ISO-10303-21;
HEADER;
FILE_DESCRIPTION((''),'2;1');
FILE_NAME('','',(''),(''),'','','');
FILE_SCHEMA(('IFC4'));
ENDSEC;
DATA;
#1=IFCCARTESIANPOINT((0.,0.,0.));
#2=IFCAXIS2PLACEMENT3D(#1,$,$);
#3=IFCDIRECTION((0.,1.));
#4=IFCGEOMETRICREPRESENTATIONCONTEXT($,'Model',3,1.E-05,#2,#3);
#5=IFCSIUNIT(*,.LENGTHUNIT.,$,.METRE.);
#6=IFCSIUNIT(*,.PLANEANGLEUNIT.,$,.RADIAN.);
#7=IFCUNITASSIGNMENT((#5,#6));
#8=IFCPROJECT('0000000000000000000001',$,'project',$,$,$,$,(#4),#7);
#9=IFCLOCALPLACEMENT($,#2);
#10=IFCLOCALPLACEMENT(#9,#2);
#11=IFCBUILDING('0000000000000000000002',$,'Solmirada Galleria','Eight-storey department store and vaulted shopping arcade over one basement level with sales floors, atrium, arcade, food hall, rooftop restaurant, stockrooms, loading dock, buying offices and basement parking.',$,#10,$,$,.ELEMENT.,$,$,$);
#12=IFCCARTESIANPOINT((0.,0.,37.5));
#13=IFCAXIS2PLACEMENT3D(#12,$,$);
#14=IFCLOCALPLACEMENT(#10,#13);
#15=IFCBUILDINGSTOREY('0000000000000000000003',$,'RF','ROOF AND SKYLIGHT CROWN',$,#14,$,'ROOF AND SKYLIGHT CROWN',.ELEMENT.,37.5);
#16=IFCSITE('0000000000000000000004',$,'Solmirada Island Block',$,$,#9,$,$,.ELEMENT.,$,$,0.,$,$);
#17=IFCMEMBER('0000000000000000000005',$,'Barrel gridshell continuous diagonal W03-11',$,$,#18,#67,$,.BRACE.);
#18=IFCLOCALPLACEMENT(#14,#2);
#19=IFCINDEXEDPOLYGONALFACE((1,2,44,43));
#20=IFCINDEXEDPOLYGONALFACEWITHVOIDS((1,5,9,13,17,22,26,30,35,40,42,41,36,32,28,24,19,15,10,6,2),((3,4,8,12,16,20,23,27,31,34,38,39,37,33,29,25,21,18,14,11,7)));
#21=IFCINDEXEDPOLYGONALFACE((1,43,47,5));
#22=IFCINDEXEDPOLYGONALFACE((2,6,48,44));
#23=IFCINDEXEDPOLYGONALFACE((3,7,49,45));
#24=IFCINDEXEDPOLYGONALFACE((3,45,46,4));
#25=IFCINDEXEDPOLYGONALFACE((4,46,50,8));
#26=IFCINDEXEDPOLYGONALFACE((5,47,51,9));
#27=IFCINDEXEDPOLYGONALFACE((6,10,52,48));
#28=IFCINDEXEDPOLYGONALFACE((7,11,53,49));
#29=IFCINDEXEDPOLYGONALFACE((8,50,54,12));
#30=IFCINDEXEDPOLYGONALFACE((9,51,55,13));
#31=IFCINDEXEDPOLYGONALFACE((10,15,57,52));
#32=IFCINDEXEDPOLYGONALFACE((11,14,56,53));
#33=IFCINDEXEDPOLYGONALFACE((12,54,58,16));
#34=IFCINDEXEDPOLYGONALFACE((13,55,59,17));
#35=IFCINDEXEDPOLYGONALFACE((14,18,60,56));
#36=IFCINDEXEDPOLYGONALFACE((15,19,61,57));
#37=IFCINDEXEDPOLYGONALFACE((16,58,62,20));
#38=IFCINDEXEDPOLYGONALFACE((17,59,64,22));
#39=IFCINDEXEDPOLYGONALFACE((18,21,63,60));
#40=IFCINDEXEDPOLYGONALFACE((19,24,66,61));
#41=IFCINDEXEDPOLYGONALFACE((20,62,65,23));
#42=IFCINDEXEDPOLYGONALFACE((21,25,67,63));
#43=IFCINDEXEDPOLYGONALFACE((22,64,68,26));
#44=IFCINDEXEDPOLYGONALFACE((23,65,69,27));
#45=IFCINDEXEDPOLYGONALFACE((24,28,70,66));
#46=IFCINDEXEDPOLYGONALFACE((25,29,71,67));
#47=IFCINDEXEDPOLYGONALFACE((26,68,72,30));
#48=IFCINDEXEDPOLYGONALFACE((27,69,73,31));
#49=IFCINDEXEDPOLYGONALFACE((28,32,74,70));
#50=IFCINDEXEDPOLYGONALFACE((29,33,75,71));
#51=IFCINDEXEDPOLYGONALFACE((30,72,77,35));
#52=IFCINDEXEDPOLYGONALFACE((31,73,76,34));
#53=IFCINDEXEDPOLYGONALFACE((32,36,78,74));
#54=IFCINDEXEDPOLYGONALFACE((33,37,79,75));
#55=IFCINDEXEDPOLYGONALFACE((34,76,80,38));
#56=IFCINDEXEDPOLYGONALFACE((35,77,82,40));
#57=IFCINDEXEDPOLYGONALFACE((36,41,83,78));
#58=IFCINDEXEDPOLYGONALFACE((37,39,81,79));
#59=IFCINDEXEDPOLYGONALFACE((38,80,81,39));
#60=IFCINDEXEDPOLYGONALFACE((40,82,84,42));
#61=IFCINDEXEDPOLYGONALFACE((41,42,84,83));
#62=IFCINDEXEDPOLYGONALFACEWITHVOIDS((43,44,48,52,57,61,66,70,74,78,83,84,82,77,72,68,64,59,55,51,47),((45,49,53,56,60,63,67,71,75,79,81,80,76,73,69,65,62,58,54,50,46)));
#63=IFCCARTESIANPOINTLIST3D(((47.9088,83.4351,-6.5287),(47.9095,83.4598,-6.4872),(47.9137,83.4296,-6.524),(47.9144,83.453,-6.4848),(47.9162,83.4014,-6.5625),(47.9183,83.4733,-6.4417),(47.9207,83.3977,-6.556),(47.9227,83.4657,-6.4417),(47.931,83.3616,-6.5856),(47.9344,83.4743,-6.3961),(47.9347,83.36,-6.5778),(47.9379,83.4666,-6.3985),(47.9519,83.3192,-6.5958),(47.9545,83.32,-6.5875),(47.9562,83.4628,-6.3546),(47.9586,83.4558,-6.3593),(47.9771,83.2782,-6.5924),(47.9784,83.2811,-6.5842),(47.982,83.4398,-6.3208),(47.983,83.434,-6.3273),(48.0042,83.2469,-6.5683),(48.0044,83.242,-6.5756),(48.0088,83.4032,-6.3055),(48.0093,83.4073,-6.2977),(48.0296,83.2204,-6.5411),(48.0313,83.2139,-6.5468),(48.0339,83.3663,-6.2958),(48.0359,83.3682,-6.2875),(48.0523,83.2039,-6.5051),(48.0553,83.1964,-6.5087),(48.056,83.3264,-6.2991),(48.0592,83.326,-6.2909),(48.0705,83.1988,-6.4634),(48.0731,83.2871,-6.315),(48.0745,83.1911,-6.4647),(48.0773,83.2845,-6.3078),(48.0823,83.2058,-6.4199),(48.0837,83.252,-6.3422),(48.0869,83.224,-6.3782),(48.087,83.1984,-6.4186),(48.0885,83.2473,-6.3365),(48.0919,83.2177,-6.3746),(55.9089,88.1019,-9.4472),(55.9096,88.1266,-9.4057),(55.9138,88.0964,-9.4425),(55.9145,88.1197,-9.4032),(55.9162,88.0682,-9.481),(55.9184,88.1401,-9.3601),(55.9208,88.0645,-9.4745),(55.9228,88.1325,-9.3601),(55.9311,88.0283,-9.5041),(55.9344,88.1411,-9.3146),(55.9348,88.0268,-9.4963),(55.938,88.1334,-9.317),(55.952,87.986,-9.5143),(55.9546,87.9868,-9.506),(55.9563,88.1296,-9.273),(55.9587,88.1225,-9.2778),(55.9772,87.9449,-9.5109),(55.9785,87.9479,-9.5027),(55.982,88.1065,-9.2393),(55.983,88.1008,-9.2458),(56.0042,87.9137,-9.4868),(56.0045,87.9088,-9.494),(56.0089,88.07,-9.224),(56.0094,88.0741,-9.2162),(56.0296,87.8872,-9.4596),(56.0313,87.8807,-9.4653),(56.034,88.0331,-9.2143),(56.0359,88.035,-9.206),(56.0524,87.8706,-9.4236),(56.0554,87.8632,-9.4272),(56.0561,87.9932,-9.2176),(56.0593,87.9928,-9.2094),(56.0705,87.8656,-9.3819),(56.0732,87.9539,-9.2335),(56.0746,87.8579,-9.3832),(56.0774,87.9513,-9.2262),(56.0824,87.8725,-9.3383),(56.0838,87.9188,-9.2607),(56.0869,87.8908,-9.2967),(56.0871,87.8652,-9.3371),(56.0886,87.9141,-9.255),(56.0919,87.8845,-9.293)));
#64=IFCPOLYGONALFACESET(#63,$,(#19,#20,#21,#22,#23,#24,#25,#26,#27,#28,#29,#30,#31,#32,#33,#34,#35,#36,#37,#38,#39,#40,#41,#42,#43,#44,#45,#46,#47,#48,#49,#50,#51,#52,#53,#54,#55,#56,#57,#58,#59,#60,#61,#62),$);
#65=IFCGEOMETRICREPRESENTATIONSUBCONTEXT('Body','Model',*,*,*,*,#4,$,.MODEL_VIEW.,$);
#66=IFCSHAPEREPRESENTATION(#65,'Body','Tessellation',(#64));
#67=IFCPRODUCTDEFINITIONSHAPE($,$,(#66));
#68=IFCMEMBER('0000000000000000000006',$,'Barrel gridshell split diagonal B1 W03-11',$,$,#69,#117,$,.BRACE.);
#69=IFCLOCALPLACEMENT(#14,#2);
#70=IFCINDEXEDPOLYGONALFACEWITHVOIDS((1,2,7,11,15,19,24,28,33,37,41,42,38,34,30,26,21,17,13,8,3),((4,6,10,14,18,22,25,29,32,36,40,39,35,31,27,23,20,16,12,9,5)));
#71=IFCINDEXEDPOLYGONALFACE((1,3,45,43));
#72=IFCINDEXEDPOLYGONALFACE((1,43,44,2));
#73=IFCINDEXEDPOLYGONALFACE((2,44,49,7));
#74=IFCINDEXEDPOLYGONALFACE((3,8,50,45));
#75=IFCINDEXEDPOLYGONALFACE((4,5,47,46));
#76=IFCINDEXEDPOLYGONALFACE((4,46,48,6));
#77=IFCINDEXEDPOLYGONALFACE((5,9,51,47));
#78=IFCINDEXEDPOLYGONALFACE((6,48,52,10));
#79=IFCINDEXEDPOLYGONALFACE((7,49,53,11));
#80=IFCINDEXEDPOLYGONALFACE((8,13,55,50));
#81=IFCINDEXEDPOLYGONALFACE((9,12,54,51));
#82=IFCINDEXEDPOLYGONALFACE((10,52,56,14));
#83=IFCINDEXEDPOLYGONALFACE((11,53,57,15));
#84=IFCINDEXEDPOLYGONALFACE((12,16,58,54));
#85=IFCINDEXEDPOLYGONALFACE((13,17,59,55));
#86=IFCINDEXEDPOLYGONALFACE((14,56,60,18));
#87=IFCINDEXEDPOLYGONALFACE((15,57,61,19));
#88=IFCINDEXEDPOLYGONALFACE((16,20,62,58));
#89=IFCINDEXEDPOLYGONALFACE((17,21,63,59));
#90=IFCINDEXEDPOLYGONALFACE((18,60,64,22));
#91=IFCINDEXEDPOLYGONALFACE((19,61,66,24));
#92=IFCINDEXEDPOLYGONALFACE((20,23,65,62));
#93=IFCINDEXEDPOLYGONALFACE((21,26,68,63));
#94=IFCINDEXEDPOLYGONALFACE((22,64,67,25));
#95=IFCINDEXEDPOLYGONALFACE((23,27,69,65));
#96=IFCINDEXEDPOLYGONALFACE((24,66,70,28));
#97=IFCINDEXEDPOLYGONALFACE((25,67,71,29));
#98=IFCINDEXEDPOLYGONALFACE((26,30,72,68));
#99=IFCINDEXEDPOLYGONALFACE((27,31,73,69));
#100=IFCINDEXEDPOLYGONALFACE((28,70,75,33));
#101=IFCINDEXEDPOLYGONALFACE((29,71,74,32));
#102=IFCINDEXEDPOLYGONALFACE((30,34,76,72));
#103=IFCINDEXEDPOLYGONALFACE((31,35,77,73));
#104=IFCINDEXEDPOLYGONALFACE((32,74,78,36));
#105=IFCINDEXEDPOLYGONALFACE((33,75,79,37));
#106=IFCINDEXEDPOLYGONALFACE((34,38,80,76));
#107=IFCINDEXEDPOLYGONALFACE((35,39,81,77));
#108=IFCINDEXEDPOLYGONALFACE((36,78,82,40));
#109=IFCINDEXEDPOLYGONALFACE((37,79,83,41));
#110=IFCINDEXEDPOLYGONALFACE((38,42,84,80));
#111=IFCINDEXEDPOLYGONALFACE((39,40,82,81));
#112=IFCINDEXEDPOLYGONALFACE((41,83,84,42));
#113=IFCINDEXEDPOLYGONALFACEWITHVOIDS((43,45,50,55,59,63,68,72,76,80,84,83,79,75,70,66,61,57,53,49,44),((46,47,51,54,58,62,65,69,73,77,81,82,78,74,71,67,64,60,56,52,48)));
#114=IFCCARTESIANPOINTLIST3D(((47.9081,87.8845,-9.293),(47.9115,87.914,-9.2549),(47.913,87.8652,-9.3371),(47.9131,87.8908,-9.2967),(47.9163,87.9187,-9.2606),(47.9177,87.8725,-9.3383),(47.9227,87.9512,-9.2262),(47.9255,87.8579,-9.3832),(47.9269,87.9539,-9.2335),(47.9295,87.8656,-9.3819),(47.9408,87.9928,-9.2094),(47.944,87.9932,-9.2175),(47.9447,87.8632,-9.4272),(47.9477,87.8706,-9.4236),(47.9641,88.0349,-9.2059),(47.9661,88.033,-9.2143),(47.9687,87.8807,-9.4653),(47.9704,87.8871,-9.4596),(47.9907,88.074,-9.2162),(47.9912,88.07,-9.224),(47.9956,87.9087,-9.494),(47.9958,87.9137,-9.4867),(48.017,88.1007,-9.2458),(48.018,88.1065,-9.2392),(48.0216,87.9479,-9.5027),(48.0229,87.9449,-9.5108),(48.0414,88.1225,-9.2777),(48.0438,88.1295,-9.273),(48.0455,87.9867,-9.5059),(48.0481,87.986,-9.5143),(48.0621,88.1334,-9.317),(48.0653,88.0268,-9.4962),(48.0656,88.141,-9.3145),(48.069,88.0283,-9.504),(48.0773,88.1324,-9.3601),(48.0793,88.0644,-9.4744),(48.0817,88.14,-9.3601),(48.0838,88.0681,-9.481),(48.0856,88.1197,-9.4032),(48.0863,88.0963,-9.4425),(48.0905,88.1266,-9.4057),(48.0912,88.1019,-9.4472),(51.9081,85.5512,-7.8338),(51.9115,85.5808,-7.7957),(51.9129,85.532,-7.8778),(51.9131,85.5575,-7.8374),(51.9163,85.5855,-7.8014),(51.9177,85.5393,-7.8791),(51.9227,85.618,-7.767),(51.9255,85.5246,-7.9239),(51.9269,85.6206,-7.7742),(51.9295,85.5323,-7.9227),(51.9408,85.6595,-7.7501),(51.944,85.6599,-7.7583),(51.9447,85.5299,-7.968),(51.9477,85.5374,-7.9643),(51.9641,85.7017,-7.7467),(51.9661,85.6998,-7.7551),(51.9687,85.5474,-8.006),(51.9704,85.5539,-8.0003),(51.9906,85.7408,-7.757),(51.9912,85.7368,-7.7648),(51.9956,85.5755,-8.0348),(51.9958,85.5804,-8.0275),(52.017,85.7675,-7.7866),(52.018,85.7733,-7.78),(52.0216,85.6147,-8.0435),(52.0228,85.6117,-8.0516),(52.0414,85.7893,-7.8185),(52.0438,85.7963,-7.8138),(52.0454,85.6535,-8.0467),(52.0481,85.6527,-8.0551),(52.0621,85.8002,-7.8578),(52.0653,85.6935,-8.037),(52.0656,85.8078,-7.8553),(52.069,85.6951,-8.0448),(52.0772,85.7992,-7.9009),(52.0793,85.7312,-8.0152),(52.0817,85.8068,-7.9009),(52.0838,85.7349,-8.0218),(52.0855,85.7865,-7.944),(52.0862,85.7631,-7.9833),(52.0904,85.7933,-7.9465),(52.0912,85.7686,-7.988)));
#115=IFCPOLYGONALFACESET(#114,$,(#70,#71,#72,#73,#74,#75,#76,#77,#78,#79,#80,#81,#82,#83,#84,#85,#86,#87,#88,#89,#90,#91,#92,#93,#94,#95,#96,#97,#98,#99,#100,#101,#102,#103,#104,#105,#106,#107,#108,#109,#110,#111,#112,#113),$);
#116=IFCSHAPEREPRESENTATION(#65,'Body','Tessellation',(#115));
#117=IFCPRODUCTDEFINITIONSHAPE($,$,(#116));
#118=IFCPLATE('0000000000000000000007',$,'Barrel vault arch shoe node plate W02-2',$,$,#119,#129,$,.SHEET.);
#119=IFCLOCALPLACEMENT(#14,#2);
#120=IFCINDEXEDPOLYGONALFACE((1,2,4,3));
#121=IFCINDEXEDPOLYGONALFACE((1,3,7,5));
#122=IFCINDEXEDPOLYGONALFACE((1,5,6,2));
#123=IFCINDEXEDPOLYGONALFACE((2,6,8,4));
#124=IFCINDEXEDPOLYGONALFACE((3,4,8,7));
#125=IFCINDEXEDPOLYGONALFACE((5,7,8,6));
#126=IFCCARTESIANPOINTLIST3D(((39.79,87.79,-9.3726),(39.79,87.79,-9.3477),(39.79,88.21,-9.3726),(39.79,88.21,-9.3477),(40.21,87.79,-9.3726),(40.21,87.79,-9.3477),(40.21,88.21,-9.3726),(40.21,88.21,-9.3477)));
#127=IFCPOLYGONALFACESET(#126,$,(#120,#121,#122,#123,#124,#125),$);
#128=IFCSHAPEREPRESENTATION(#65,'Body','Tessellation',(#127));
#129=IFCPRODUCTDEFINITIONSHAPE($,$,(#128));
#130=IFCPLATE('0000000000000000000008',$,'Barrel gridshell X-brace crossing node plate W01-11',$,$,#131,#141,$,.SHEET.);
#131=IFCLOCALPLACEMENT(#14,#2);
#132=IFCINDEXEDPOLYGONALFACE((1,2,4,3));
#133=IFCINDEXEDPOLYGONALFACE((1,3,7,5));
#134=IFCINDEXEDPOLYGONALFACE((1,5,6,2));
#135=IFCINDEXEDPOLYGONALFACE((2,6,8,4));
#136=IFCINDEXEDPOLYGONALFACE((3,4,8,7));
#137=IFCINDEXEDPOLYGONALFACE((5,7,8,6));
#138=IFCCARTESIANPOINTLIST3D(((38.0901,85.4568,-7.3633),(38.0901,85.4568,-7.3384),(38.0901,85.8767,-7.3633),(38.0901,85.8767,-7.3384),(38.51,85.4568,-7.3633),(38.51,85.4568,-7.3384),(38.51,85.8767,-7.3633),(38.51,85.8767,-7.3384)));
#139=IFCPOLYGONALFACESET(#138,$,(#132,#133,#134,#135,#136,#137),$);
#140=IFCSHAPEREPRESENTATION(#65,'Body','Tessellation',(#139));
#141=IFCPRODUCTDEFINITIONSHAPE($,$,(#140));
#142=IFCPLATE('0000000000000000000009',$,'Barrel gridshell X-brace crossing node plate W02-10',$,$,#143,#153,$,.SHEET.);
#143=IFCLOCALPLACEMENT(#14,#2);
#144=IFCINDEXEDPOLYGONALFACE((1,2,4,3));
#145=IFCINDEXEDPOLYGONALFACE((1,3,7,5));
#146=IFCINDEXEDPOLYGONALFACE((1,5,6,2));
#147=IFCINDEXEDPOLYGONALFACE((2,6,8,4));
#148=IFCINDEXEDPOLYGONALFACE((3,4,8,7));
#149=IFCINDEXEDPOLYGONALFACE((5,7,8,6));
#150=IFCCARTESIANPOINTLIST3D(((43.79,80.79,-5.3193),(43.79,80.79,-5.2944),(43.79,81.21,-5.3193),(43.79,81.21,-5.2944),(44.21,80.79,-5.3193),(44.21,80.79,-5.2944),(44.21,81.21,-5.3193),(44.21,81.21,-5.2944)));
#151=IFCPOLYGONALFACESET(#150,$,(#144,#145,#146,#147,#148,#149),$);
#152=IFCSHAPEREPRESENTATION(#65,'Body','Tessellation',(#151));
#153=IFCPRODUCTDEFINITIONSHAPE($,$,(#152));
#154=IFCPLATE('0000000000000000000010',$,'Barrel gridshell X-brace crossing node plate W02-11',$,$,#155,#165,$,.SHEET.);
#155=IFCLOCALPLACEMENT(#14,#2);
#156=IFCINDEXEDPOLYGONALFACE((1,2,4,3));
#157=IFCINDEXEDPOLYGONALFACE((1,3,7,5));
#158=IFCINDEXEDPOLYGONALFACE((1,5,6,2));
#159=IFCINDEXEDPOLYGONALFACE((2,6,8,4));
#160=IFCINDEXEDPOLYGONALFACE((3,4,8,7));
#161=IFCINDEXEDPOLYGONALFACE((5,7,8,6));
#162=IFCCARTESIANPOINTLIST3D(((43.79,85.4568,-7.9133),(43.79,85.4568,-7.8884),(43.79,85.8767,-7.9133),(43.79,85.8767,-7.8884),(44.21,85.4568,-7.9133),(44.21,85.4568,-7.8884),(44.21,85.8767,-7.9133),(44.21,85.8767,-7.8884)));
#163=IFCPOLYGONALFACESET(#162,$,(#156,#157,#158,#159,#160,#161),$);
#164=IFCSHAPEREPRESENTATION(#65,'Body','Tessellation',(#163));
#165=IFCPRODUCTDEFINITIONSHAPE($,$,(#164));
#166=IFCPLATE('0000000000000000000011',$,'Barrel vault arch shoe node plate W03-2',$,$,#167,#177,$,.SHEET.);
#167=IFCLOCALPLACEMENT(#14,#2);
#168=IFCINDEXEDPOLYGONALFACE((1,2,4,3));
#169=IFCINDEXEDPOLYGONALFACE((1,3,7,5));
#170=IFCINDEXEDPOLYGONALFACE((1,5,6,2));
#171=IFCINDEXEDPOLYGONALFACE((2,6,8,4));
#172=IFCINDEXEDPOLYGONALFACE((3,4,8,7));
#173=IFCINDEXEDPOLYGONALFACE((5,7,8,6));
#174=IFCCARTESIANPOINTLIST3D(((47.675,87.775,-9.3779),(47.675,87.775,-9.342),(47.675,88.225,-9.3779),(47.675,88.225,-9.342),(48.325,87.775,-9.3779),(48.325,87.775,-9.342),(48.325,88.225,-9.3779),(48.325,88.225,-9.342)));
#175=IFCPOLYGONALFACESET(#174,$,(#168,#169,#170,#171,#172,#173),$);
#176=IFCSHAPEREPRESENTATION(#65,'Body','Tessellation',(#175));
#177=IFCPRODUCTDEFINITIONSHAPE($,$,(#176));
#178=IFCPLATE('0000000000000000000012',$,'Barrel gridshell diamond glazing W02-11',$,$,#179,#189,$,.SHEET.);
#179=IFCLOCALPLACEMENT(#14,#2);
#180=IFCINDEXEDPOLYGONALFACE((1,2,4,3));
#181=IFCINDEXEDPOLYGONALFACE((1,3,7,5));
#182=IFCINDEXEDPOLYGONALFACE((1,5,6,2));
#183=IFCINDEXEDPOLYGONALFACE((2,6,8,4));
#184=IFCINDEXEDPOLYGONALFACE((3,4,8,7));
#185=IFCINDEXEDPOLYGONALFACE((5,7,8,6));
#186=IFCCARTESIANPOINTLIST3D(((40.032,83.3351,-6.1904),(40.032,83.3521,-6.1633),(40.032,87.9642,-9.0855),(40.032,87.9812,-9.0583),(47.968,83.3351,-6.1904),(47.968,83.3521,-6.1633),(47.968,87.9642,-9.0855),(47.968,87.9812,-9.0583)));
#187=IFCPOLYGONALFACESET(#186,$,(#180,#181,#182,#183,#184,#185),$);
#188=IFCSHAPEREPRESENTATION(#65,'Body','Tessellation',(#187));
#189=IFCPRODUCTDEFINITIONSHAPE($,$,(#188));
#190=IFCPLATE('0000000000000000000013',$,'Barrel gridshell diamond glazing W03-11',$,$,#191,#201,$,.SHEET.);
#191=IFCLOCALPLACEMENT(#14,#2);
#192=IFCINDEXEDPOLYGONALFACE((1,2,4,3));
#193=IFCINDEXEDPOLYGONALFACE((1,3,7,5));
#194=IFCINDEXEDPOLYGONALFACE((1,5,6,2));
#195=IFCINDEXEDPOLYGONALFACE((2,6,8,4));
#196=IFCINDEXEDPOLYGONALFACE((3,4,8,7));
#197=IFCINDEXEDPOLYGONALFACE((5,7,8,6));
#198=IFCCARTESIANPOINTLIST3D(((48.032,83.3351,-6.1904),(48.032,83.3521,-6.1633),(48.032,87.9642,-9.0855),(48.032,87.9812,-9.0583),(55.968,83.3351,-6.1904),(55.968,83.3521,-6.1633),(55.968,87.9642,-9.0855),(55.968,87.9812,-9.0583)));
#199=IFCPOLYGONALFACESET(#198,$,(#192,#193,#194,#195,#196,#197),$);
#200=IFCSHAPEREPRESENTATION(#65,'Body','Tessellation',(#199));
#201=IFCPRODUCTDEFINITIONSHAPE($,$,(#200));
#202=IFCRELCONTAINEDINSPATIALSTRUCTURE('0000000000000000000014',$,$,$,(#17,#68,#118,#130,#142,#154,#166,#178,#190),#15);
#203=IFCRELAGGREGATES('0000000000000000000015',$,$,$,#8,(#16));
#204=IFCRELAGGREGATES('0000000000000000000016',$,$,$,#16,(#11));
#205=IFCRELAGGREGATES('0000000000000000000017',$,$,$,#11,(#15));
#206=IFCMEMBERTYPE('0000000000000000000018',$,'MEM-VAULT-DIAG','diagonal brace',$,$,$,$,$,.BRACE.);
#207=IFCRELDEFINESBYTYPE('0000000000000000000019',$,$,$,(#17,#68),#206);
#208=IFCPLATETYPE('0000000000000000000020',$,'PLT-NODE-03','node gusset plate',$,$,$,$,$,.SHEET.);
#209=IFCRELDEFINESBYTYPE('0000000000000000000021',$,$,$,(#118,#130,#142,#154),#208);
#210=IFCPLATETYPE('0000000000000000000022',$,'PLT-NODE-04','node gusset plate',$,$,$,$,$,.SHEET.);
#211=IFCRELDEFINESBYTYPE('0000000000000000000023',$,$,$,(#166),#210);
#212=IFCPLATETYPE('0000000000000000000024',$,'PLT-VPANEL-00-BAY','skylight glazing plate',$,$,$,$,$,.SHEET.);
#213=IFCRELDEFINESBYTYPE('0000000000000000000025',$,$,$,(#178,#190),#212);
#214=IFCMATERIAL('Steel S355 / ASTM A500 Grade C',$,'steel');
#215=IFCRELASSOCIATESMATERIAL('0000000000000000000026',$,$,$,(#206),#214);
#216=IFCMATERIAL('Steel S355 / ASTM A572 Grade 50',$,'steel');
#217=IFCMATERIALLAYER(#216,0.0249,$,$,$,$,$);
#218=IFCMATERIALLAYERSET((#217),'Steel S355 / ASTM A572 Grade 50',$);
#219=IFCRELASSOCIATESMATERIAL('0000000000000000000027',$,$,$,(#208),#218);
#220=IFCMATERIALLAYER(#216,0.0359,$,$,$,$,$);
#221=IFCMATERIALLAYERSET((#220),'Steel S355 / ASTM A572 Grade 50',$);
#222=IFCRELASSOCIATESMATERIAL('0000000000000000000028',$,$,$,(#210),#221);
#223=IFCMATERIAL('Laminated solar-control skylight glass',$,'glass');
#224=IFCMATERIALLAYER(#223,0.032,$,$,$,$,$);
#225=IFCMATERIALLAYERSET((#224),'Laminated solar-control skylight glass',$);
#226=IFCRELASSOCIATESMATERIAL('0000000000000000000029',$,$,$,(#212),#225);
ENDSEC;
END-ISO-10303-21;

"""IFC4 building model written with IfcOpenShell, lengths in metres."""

from ifc_helpers import new_model, si_unit, direction, frame, origin, origin_2d, place, context, subcontext, project, spatial, polyline, rectangle, hollow_circle, outline, extrude, material, layer, layer_set, material_profile, profile_set, type_object, element, save


model = new_model("IFC4")

# Units and contexts
model_context = context("Model", 3, precision=1e-05, world=origin(), true_north=direction((0.0, 1.0)))
body_context = subcontext(model_context, "Body", "Model", "MODEL_VIEW")
ifc_project = project(units=[si_unit("LENGTHUNIT", "METRE"), si_unit("PLANEANGLEUNIT", "RADIAN")], contexts=[model_context])

# Site, building, storey
site_placement = place(None, origin())
site = spatial("IfcSite", under=ifc_project, at=site_placement, Name="Solmirada Island Block", CompositionType="ELEMENT", RefElevation=0.0)
building_placement = place(site_placement, origin())
building = spatial("IfcBuilding", under=site, at=building_placement, Name="Solmirada Galleria", Description="Eight-storey department store and vaulted shopping arcade over one basement level with sales floors, atrium, arcade, food hall, rooftop restaurant, stockrooms, loading dock, buying offices and basement parking.", CompositionType="ELEMENT")
storey_placement = place(building_placement, frame((0.0, 0.0, 37.5)))
storey = spatial("IfcBuildingStorey", under=building, at=storey_placement, Name="RF", Description="ROOF AND SKYLIGHT CROWN", LongName="ROOF AND SKYLIGHT CROWN", CompositionType="ELEMENT", Elevation=37.5)

# Members
ifc_material_1 = material(Name="Steel S355 / ASTM A500 Grade C", Category="steel")
ifc_material_profile_1 = material_profile(ifc_material_1, hollow_circle(Radius=0.1621, WallThickness=0.0088, at=origin_2d()), Name="HSS12.750X0.375")
ifc_profile_set_1 = profile_set([ifc_material_profile_1], Name="Steel S355 / ASTM A500 Grade C")
member_type_1 = type_object("IfcMemberType", Name="MEM-VAULT-DIAG", Description="diagonal brace", PredefinedType="BRACE", material=ifc_profile_set_1)
member_1_placement = place(storey_placement, frame((48.0, 83.3333, -6.4417), z_axis=(0.823841, 0.480582, -0.300543), x_axis=(-0.503878, 0.863775, 0.0)))
element("IfcMember", 1, at=member_1_placement, inside=storey, type_object=member_type_1, Name="Barrel gridshell continuous diagonal W03-11", PredefinedType="BRACE", context=body_context, shape_type="SweptSolid", body=[
    extrude(hollow_circle(Radius=0.1621, WallThickness=0.0088, at=origin_2d()), origin(), (0.0, 0.0, 1.0), 9.7107),
])
member_2_placement = place(storey_placement, frame((48.0, 88.0, -9.3601), z_axis=(0.823851, -0.480563, 0.300547), x_axis=(0.503858, 0.863787, 0.0)))
element("IfcMember", 2, at=member_2_placement, inside=storey, type_object=member_type_1, Name="Barrel gridshell split diagonal B1 W03-11", PredefinedType="BRACE", context=body_context, shape_type="SweptSolid", body=[
    extrude(hollow_circle(Radius=0.1621, WallThickness=0.0088, at=origin_2d()), origin(), (0.0, 0.0, 1.0), 4.8552),
])

# Plates
ifc_material_2 = material(Name="Steel S355 / ASTM A572 Grade 50", Category="steel")
ifc_layer_1 = layer(ifc_material_2, 0.0249)
ifc_layer_set_1 = layer_set([ifc_layer_1], Name="Steel S355 / ASTM A572 Grade 50")
plate_type_1 = type_object("IfcPlateType", Name="PLT-NODE-03", Description="node gusset plate", PredefinedType="SHEET", material=ifc_layer_set_1)
for number, where, z_axis, x_axis, name in (
    (3, (40.0, 88.0, -9.3726), (0.0, 0.0, 1.0), (1.0, 0.0, 0.0), "Barrel vault arch shoe node plate W02-2"),
    (4, (38.3, 85.6667, -7.3633), (0.0, 0.0, 1.0), (1.0, 0.0, 0.0), "Barrel gridshell X-brace crossing node plate W01-11"),
    (5, (44.0, 81.0, -5.3193), (0.0, 0.0, 1.0), (1.0, 0.0, 0.0), "Barrel gridshell X-brace crossing node plate W02-10"),
    (6, (44.0, 85.6667, -7.9133), (0.0, 0.0, 1.0), (1.0, 0.0, 0.0), "Barrel gridshell X-brace crossing node plate W02-11"),
):
    element("IfcPlate", number, at=place(storey_placement, frame(where, z_axis=z_axis, x_axis=x_axis)), inside=storey, type_object=plate_type_1, Name=name, PredefinedType="SHEET", context=body_context, shape_type="SweptSolid", body=[
        extrude(rectangle(XDim=0.4199, YDim=0.4199, at=origin_2d()), origin(), (0.0, 0.0, 1.0), 0.0249),
    ])
ifc_layer_2 = layer(ifc_material_2, 0.0359)
ifc_layer_set_2 = layer_set([ifc_layer_2], Name="Steel S355 / ASTM A572 Grade 50")
plate_type_2 = type_object("IfcPlateType", Name="PLT-NODE-04", Description="node gusset plate", PredefinedType="SHEET", material=ifc_layer_set_2)
plate_placement = place(storey_placement, frame((48.0, 88.0, -9.3779), z_axis=(0.0, 0.0, 1.0), x_axis=(1.0, 0.0, 0.0)))
element("IfcPlate", 7, at=plate_placement, inside=storey, type_object=plate_type_2, Name="Barrel vault arch shoe node plate W03-2", PredefinedType="SHEET", context=body_context, shape_type="SweptSolid", body=[
    extrude(rectangle(XDim=0.6499, YDim=0.45, at=origin_2d()), origin(), (0.0, 0.0, 1.0), 0.0359),
])
ifc_material_3 = material(Name="Laminated solar-control skylight glass", Category="glass")
ifc_layer_3 = layer(ifc_material_3, 0.032)
ifc_layer_set_3 = layer_set([ifc_layer_3], Name="Laminated solar-control skylight glass")
plate_type_3 = type_object("IfcPlateType", Name="PLT-VPANEL-00-BAY", Description="skylight glazing plate", PredefinedType="SHEET", material=ifc_layer_set_3)
for number, where, z_axis, x_axis, name in (
    (8, (40.032, 83.3521, -6.1633), (0.0, 0.530236, 0.84785), (1.0, 0.0, 0.0), "Barrel gridshell diamond glazing W02-11"),
    (9, (48.032, 83.3521, -6.1633), (0.0, 0.530236, 0.84785), (1.0, 0.0, 0.0), "Barrel gridshell diamond glazing W03-11"),
):
    element("IfcPlate", number, at=place(storey_placement, frame(where, z_axis=z_axis, x_axis=x_axis)), inside=storey, type_object=plate_type_3, Name=name, PredefinedType="SHEET", context=body_context, shape_type="SweptSolid", body=[
        extrude(outline(polyline([(0.0, 0.0), (7.936, 0.0), (7.936, 5.4599), (0.0, 5.4599), (0.0, 0.0)])), origin(), (0.0, 0.0, -1.0), 0.032),
    ])

save(model, "model.ifc")
